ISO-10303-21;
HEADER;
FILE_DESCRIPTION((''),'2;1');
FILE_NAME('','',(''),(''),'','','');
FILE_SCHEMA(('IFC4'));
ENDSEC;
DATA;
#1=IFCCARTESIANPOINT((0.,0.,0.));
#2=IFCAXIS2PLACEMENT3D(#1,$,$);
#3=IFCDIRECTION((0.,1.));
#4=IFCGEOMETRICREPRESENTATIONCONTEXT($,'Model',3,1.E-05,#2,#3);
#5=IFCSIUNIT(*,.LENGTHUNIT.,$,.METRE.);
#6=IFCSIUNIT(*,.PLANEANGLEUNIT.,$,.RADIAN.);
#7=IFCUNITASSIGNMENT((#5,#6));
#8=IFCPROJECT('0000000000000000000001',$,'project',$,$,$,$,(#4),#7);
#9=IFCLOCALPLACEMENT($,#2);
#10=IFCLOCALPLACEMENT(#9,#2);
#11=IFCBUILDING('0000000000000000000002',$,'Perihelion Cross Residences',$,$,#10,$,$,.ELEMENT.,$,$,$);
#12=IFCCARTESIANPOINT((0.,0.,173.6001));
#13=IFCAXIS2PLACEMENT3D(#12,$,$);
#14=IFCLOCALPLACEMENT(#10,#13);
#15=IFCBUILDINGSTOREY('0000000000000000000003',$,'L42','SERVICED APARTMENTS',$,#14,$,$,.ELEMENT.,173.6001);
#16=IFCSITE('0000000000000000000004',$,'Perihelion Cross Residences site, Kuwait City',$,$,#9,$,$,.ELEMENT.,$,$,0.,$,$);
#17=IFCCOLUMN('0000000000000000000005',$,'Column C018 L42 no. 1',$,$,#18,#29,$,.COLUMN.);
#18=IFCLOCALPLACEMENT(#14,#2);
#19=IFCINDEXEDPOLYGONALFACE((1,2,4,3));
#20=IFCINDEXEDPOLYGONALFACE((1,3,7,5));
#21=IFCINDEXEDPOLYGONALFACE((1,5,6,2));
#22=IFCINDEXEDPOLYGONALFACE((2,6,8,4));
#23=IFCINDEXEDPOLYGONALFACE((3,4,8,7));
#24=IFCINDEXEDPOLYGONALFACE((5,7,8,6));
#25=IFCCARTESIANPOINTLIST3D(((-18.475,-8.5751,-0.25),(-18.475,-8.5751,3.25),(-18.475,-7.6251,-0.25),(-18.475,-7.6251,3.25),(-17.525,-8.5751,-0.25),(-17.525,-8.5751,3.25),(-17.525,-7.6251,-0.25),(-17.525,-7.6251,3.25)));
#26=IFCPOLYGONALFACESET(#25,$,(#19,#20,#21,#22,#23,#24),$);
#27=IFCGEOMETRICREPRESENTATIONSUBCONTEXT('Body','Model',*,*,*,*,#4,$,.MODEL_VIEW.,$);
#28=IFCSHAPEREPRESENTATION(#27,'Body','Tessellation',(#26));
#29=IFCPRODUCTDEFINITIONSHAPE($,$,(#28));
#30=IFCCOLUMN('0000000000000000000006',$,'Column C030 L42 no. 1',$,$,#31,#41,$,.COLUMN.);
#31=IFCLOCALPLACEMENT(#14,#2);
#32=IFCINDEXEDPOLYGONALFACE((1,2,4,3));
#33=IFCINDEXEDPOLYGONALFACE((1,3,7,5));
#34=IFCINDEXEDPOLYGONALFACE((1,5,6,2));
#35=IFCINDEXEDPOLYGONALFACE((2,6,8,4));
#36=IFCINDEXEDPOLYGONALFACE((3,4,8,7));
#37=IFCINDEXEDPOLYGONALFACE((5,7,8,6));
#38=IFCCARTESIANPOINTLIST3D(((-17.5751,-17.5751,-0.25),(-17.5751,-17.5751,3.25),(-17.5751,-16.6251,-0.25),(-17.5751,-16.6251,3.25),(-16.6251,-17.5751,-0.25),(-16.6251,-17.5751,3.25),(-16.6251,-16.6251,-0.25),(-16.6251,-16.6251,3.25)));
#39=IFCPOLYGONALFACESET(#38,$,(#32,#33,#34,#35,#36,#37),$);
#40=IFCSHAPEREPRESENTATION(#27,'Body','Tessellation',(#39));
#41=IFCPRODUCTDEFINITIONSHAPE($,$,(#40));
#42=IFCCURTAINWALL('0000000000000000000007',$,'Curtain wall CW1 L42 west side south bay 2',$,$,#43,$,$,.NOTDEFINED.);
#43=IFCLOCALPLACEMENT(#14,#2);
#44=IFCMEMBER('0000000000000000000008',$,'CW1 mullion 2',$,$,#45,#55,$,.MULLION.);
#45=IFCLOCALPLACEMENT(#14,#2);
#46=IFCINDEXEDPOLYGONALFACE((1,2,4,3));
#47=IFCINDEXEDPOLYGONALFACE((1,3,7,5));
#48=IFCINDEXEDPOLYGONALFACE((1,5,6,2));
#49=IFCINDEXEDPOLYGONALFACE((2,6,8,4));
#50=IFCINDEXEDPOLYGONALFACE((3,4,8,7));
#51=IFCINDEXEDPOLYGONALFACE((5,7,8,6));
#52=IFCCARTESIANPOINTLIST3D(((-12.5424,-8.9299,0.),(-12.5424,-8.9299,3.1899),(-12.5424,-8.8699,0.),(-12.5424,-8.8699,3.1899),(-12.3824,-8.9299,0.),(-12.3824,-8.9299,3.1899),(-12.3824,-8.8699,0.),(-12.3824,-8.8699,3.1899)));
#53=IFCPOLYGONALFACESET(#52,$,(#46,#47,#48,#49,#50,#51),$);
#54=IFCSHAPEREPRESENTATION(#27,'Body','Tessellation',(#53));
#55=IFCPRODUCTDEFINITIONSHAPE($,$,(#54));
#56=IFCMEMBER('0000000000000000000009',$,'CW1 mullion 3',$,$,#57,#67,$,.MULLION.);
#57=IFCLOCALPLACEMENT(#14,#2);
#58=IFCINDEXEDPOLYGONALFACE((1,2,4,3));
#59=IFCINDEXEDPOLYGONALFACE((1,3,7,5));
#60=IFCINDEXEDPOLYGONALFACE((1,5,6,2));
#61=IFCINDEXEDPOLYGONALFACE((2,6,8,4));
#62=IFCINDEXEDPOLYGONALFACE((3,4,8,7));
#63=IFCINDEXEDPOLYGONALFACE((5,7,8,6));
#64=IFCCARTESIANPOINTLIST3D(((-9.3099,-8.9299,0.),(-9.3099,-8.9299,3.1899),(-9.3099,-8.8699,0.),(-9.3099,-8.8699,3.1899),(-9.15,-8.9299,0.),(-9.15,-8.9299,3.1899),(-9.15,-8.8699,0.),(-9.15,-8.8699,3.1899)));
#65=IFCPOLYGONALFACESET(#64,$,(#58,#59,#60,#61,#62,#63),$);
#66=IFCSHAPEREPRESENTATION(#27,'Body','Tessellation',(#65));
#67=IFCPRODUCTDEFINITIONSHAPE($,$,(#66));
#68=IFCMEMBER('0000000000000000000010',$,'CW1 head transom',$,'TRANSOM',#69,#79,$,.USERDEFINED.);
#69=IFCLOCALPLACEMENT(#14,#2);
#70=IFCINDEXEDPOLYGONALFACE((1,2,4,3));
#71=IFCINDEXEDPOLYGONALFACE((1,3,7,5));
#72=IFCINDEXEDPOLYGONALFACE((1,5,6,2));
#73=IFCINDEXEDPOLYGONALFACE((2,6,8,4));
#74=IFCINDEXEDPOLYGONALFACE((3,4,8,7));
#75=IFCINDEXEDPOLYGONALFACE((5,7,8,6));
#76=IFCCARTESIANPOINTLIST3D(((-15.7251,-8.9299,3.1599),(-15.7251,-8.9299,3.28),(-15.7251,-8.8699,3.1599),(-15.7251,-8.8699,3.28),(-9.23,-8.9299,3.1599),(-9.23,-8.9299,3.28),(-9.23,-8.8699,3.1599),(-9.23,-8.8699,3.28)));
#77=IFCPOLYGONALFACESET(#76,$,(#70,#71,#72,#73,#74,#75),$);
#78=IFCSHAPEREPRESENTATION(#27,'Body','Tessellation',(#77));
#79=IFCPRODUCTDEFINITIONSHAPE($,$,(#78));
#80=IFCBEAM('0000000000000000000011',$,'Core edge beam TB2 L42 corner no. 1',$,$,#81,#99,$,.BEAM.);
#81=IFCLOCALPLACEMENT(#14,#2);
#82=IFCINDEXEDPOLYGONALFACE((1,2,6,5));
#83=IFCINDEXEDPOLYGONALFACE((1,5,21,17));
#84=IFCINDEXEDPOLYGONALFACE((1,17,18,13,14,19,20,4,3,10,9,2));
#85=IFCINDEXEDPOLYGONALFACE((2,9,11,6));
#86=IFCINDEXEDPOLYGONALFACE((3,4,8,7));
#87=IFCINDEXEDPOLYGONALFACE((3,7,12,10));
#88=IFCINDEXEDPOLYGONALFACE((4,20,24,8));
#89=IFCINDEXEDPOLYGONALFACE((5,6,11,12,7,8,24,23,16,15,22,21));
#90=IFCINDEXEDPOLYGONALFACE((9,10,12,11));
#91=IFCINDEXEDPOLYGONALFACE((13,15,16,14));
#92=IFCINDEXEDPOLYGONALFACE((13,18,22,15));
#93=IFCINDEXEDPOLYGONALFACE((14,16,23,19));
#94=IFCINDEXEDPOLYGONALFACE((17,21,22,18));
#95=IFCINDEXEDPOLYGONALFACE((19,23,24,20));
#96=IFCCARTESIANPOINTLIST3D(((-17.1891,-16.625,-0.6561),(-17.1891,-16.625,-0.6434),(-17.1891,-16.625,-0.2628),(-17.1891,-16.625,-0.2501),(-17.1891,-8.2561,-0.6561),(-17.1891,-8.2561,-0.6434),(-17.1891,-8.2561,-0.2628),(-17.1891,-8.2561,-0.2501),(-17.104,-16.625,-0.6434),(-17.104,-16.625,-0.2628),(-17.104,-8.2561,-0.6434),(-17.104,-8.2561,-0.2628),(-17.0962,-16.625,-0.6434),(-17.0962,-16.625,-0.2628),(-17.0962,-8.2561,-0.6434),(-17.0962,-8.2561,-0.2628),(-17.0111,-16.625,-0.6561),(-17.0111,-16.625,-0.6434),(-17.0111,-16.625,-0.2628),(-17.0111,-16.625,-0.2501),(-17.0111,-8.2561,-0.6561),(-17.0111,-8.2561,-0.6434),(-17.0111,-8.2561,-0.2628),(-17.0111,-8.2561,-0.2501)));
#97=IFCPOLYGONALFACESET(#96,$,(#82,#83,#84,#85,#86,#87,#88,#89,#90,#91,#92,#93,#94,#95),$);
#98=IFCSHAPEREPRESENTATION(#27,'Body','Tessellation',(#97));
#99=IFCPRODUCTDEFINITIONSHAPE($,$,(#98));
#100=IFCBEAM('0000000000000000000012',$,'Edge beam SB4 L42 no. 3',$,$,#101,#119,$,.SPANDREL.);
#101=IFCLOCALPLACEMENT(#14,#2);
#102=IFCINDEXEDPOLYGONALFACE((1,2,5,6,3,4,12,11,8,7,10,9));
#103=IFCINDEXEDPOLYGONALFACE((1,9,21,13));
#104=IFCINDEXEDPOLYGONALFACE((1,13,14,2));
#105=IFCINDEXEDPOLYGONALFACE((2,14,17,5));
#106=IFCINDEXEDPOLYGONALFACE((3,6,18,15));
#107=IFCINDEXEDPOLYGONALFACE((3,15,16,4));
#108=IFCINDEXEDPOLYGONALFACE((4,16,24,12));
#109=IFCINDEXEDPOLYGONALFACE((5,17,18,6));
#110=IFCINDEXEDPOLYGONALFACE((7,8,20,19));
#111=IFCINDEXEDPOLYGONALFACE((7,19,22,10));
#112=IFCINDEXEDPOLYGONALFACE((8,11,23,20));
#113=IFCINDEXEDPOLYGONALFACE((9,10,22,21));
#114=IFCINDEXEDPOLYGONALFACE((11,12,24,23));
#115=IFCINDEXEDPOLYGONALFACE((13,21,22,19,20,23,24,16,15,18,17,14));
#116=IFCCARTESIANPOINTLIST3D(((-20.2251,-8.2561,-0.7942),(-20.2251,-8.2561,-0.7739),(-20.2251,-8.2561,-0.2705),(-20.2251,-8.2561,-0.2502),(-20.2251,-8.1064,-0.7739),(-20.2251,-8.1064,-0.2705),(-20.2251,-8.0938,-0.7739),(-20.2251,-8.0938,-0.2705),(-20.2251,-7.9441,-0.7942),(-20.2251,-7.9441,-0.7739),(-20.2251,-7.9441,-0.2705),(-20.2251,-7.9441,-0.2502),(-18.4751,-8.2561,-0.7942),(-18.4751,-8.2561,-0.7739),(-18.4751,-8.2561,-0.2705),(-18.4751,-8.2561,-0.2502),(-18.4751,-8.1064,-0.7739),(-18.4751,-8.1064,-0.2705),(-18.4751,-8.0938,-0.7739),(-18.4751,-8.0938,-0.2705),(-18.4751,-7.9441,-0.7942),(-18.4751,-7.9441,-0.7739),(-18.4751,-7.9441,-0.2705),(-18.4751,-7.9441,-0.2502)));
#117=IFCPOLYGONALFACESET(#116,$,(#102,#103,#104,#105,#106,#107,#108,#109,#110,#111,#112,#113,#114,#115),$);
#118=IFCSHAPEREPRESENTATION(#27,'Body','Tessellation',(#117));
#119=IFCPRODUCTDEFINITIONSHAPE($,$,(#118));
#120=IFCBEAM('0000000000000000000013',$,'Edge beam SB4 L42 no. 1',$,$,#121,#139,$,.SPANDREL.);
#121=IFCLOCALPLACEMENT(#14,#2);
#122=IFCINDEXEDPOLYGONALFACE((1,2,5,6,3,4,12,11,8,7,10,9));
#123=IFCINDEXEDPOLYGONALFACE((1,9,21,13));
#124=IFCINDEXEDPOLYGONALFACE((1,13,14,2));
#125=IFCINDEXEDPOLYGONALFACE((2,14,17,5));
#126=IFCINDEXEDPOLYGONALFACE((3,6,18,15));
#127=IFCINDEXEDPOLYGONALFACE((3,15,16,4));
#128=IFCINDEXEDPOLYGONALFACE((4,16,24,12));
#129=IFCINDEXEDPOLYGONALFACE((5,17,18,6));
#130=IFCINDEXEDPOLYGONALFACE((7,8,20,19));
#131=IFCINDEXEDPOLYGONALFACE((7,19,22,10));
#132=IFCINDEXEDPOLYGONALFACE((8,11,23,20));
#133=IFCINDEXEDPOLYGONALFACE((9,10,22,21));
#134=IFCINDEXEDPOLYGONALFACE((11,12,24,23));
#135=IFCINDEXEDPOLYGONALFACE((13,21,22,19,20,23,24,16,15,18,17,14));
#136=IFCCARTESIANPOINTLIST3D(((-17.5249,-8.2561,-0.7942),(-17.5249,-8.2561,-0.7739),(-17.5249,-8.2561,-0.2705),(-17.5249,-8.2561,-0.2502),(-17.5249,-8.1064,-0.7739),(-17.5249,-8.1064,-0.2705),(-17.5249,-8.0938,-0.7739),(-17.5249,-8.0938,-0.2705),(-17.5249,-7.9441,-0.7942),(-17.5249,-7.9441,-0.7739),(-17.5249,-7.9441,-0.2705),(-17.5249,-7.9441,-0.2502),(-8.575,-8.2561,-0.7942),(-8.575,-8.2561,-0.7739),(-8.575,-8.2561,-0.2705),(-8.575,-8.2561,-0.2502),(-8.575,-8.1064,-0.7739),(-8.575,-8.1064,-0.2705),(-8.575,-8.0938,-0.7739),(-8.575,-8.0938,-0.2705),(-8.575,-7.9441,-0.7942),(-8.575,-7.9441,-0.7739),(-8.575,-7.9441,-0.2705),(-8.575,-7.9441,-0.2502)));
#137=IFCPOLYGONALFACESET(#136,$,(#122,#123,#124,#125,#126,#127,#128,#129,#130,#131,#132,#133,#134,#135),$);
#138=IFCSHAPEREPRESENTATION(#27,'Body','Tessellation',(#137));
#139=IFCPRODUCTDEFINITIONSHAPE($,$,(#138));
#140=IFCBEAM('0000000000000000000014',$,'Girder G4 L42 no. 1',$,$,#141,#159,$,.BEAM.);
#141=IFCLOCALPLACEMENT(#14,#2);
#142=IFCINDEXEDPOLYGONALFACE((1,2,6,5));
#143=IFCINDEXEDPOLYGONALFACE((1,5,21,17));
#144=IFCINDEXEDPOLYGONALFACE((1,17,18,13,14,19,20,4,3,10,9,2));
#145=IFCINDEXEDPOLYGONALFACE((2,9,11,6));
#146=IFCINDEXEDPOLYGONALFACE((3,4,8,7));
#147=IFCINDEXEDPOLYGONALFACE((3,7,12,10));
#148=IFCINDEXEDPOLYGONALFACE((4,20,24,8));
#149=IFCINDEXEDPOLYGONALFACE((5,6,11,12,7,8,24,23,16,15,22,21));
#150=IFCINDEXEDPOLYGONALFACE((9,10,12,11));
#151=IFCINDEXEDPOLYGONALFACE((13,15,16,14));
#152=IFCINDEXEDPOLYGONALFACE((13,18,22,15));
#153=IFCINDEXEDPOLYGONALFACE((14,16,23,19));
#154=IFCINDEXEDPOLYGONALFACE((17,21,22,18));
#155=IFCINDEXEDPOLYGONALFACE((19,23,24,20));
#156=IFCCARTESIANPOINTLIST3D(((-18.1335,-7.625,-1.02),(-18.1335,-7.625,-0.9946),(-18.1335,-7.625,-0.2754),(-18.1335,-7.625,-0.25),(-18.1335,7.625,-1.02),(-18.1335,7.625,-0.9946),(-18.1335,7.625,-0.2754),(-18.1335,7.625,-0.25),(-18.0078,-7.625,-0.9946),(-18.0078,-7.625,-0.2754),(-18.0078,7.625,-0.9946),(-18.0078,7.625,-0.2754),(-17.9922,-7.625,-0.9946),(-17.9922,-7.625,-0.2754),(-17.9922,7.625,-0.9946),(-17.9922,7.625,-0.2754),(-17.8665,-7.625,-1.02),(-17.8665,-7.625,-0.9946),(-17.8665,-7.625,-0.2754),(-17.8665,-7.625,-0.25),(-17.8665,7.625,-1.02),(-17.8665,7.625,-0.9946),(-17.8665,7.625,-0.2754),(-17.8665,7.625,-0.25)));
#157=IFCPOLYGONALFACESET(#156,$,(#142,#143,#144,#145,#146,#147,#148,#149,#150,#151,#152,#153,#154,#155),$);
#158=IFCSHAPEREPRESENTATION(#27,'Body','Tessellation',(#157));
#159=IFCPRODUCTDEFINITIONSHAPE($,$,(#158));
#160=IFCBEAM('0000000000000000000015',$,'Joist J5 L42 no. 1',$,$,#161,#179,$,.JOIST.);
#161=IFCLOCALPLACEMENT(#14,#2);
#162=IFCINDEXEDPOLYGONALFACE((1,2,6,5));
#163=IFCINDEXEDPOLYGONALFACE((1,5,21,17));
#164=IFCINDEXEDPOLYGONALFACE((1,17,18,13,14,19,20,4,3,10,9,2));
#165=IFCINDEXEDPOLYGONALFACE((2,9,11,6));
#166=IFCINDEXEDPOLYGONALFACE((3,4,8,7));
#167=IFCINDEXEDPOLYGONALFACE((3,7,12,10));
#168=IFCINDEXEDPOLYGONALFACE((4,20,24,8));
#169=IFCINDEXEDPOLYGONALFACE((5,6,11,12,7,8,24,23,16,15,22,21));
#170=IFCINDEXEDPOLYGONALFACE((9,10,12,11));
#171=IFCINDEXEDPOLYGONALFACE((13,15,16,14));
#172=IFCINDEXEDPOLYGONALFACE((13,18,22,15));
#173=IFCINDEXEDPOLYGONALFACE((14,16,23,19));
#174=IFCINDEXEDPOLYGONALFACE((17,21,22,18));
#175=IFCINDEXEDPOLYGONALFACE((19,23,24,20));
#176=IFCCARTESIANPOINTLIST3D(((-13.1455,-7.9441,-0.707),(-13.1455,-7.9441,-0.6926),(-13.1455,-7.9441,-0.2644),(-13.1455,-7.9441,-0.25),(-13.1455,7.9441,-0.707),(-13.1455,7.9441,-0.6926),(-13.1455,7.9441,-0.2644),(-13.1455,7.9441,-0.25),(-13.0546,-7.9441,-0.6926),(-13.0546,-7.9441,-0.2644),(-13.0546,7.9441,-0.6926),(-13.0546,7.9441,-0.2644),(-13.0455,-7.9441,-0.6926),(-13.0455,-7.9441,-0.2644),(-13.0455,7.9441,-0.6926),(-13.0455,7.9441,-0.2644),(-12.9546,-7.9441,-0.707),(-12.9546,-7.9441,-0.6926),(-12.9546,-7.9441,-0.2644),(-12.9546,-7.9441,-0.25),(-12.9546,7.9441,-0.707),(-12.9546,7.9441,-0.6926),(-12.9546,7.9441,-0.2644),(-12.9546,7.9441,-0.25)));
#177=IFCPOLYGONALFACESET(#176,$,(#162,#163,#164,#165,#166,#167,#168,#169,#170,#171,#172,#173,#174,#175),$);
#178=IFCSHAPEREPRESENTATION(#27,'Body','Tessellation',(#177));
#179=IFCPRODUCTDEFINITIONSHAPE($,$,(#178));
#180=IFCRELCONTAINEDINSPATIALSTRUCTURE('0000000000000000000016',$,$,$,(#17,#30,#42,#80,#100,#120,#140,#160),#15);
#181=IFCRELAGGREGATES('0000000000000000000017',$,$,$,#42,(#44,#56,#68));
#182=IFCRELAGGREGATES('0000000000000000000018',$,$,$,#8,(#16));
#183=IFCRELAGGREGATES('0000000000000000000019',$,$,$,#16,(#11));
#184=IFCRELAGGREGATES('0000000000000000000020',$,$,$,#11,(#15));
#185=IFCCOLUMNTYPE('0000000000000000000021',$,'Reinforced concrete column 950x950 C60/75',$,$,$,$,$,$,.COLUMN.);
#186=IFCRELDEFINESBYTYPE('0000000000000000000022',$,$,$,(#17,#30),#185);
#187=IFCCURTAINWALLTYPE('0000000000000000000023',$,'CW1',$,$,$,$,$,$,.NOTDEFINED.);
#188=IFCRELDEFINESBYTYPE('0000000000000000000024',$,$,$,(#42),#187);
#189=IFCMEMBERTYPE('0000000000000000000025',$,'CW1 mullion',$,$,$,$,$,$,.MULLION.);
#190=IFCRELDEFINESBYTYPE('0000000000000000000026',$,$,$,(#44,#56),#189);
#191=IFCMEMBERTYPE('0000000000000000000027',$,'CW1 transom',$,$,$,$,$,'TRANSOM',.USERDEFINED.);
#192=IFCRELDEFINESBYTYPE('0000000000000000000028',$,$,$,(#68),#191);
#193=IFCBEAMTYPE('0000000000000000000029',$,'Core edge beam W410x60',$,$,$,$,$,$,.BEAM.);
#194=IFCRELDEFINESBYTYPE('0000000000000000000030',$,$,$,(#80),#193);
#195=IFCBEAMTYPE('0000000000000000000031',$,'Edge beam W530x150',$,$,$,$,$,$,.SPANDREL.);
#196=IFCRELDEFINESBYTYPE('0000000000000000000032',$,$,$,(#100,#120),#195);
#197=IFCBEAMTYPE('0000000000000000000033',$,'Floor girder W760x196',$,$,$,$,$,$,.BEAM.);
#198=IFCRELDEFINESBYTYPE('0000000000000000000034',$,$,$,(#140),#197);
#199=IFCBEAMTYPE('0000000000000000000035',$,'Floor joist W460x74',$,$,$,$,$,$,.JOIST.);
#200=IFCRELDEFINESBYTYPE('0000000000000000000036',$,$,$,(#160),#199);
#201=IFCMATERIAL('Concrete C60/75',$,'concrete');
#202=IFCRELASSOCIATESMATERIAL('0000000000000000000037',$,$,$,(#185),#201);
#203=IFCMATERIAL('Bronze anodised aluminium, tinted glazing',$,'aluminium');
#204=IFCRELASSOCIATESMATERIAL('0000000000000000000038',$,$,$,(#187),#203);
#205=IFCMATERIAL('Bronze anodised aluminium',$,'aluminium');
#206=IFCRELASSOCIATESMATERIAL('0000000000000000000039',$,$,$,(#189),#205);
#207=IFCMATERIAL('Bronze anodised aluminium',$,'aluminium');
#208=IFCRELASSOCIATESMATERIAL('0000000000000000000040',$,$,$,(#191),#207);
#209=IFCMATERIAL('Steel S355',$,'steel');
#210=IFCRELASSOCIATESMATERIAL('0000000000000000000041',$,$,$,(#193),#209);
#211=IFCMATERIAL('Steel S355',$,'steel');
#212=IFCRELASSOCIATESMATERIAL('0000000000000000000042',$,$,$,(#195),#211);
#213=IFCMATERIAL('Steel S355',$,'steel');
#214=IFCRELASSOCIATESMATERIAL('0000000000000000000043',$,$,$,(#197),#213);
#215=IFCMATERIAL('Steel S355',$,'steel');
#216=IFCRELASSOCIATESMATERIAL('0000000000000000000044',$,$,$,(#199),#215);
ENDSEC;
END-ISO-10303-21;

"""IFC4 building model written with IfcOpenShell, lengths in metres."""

from ifc_helpers import new_model, si_unit, direction, frame, origin, origin_2d, place, context, subcontext, project, spatial, rectangle, i_section, extrude, material, material_profile, profile_set, type_object, element, aggregate, save


model = new_model("IFC4")

# Units and contexts
model_context = context("Model", 3, precision=1e-05, world=origin(), true_north=direction((0.0, 1.0)))
body_context = subcontext(model_context, "Body", "Model", "MODEL_VIEW")
ifc_project = project(units=[si_unit("LENGTHUNIT", "METRE"), si_unit("PLANEANGLEUNIT", "RADIAN")], contexts=[model_context])

# Site, building, storey
site_placement = place(None, origin())
site = spatial("IfcSite", under=ifc_project, at=site_placement, Name="Perihelion Cross Residences site, Kuwait City", CompositionType="ELEMENT", RefElevation=0.0)
building_placement = place(site_placement, origin())
building = spatial("IfcBuilding", under=site, at=building_placement, Name="Perihelion Cross Residences", CompositionType="ELEMENT")
storey_placement = place(building_placement, frame((0.0, 0.0, 173.6001)))
storey = spatial("IfcBuildingStorey", under=building, at=storey_placement, Name="L42", Description="SERVICED APARTMENTS", CompositionType="ELEMENT", Elevation=173.6001)

# Columns
ifc_material_1 = material(Name="Concrete C60/75", Category="concrete")
ifc_material_profile_1 = material_profile(ifc_material_1, rectangle(XDim=0.95, YDim=0.95, at=origin_2d()), Name="RC 950x950")
ifc_profile_set_1 = profile_set([ifc_material_profile_1], Name="Concrete C60/75")
column_type = type_object("IfcColumnType", Name="Reinforced concrete column 950x950 C60/75", PredefinedType="COLUMN", material=ifc_profile_set_1)
for number, where, z_axis, x_axis, name in (
    (1, (-18.0, -8.1001, -0.25), (0.0, 0.0, 1.0), (1.0, 0.0, 0.0), "Column C018 L42 no. 1"),
    (2, (-17.1001, -17.1001, -0.25), (0.0, 0.0, 1.0), (1.0, 0.0, 0.0), "Column C030 L42 no. 1"),
):
    element("IfcColumn", number, at=place(storey_placement, frame(where, z_axis=z_axis, x_axis=x_axis)), inside=storey, type_object=column_type, Name=name, PredefinedType="COLUMN", context=body_context, shape_type="SweptSolid", body=[
        extrude(rectangle(XDim=0.95, YDim=0.95, at=origin_2d()), origin(), (0.0, 0.0, 1.0), 3.5),
    ])

# Curtain wall, members
ifc_material_2 = material(Name="Bronze anodised aluminium, tinted glazing", Category="aluminium")
curtain_wall_type = type_object("IfcCurtainWallType", Name="CW1", PredefinedType="NOTDEFINED", material=ifc_material_2)
curtain_wall_placement = place(storey_placement, origin())
curtain_wall = element("IfcCurtainWall", 3, at=curtain_wall_placement, inside=storey, type_object=curtain_wall_type, Name="Curtain wall CW1 L42 west side south bay 2", PredefinedType="NOTDEFINED")
ifc_material_3 = material(Name="Bronze anodised aluminium", Category="aluminium")
ifc_material_profile_2 = material_profile(ifc_material_3, rectangle(XDim=0.0601, YDim=0.1599, at=origin_2d()), Name="CW1 mullion")
ifc_profile_set_2 = profile_set([ifc_material_profile_2], Name="Bronze anodised aluminium")
member_type_1 = type_object("IfcMemberType", Name="CW1 mullion", PredefinedType="MULLION", material=ifc_profile_set_2)
member_1_placement = place(storey_placement, frame((-12.4624, -8.8999, 0.0), z_axis=(0.0, 0.0, 1.0), x_axis=(0.0, 1.0, 0.0)))
member_1 = element("IfcMember", 4, at=member_1_placement, type_object=member_type_1, Name="CW1 mullion 2", PredefinedType="MULLION", context=body_context, shape_type="SweptSolid", body=[
    extrude(rectangle(XDim=0.0601, YDim=0.1599, at=origin_2d()), origin(), (0.0, 0.0, 1.0), 3.1899),
])
member_2_placement = place(storey_placement, frame((-9.23, -8.8999, 0.0), z_axis=(0.0, 0.0, 1.0), x_axis=(0.0, 1.0, 0.0)))
member_2 = element("IfcMember", 5, at=member_2_placement, type_object=member_type_1, Name="CW1 mullion 3", PredefinedType="MULLION", context=body_context, shape_type="SweptSolid", body=[
    extrude(rectangle(XDim=0.0601, YDim=0.1599, at=origin_2d()), origin(), (0.0, 0.0, 1.0), 3.1899),
])
ifc_material_4 = material(Name="Bronze anodised aluminium", Category="aluminium")
ifc_material_profile_3 = material_profile(ifc_material_4, rectangle(XDim=0.0601, YDim=0.1201, at=origin_2d()), Name="CW1 transom")
ifc_profile_set_3 = profile_set([ifc_material_profile_3], Name="Bronze anodised aluminium")
member_type_2 = type_object("IfcMemberType", Name="CW1 transom", ElementType="TRANSOM", PredefinedType="USERDEFINED", material=ifc_profile_set_3)
member_3_placement = place(storey_placement, frame((-15.7251, -8.8999, 3.22), z_axis=(1.0, 0.0, 0.0), x_axis=(0.0, 1.0, 0.0)))
member_3 = element("IfcMember", 6, at=member_3_placement, type_object=member_type_2, Name="CW1 head transom", ObjectType="TRANSOM", PredefinedType="USERDEFINED", context=body_context, shape_type="SweptSolid", body=[
    extrude(rectangle(XDim=0.0601, YDim=0.1201, at=origin_2d()), origin(), (0.0, 0.0, 1.0), 6.4951),
])

# Beams
ifc_material_5 = material(Name="Steel S355", Category="steel")
ifc_material_profile_4 = material_profile(ifc_material_5, i_section(OverallWidth=0.178, OverallDepth=0.406, WebThickness=0.0078, FlangeThickness=0.0127, at=origin_2d()), Name="W410x60")
ifc_profile_set_4 = profile_set([ifc_material_profile_4], Name="Steel S355")
beam_type_1 = type_object("IfcBeamType", Name="Core edge beam W410x60", PredefinedType="BEAM", material=ifc_profile_set_4)
beam_1_placement = place(storey_placement, frame((-17.1001, -8.2561, -0.4531), z_axis=(0.0, -1.0, 0.0), x_axis=(1.0, 0.0, 0.0)))
element("IfcBeam", 7, at=beam_1_placement, inside=storey, type_object=beam_type_1, Name="Core edge beam TB2 L42 corner no. 1", PredefinedType="BEAM", context=body_context, shape_type="SweptSolid", body=[
    extrude(i_section(OverallWidth=0.178, OverallDepth=0.406, WebThickness=0.0078, FlangeThickness=0.0127, at=origin_2d()), origin(), (0.0, 0.0, 1.0), 8.3689),
])
ifc_material_6 = material(Name="Steel S355", Category="steel")
ifc_material_profile_5 = material_profile(ifc_material_6, i_section(OverallWidth=0.312, OverallDepth=0.5439, WebThickness=0.0127, FlangeThickness=0.0203, at=origin_2d()), Name="W530x150")
ifc_profile_set_5 = profile_set([ifc_material_profile_5], Name="Steel S355")
beam_type_2 = type_object("IfcBeamType", Name="Edge beam W530x150", PredefinedType="SPANDREL", material=ifc_profile_set_5)
beam_2_placement = place(storey_placement, frame((-20.2251, -8.1001, -0.5222), z_axis=(1.0, 0.0, 0.0), x_axis=(0.0, 1.0, 0.0)))
element("IfcBeam", 8, at=beam_2_placement, inside=storey, type_object=beam_type_2, Name="Edge beam SB4 L42 no. 3", PredefinedType="SPANDREL", context=body_context, shape_type="SweptSolid", body=[
    extrude(i_section(OverallWidth=0.312, OverallDepth=0.5439, WebThickness=0.0127, FlangeThickness=0.0203, at=origin_2d()), origin(), (0.0, 0.0, 1.0), 1.75),
])
beam_3_placement = place(storey_placement, frame((-17.5249, -8.1001, -0.5222), z_axis=(1.0, 0.0, 0.0), x_axis=(0.0, 1.0, 0.0)))
element("IfcBeam", 9, at=beam_3_placement, inside=storey, type_object=beam_type_2, Name="Edge beam SB4 L42 no. 1", PredefinedType="SPANDREL", context=body_context, shape_type="SweptSolid", body=[
    extrude(i_section(OverallWidth=0.312, OverallDepth=0.5439, WebThickness=0.0127, FlangeThickness=0.0203, at=origin_2d()), origin(), (0.0, 0.0, 1.0), 8.95),
])
ifc_material_7 = material(Name="Steel S355", Category="steel")
ifc_material_profile_6 = material_profile(ifc_material_7, i_section(OverallWidth=0.2671, OverallDepth=0.77, WebThickness=0.0156, FlangeThickness=0.0254, at=origin_2d()), Name="W760x196")
ifc_profile_set_6 = profile_set([ifc_material_profile_6], Name="Steel S355")
beam_type_3 = type_object("IfcBeamType", Name="Floor girder W760x196", PredefinedType="BEAM", material=ifc_profile_set_6)
beam_4_placement = place(storey_placement, frame((-18.0, -7.625, -0.635), z_axis=(0.0, 1.0, 0.0), x_axis=(-1.0, 0.0, 0.0)))
element("IfcBeam", 10, at=beam_4_placement, inside=storey, type_object=beam_type_3, Name="Girder G4 L42 no. 1", PredefinedType="BEAM", context=body_context, shape_type="SweptSolid", body=[
    extrude(i_section(OverallWidth=0.2671, OverallDepth=0.77, WebThickness=0.0156, FlangeThickness=0.0254, at=origin_2d()), origin(), (0.0, 0.0, 1.0), 15.25),
])
ifc_material_8 = material(Name="Steel S355", Category="steel")
ifc_material_profile_7 = material_profile(ifc_material_8, i_section(OverallWidth=0.1909, OverallDepth=0.457, WebThickness=0.009, FlangeThickness=0.0144, at=origin_2d()), Name="W460x74")
ifc_profile_set_7 = profile_set([ifc_material_profile_7], Name="Steel S355")
beam_type_4 = type_object("IfcBeamType", Name="Floor joist W460x74", PredefinedType="JOIST", material=ifc_profile_set_7)
beam_5_placement = place(storey_placement, frame((-13.05, -7.9441, -0.4785), z_axis=(0.0, 1.0, 0.0), x_axis=(-1.0, 0.0, 0.0)))
element("IfcBeam", 11, at=beam_5_placement, inside=storey, type_object=beam_type_4, Name="Joist J5 L42 no. 1", PredefinedType="JOIST", context=body_context, shape_type="SweptSolid", body=[
    extrude(i_section(OverallWidth=0.1909, OverallDepth=0.457, WebThickness=0.009, FlangeThickness=0.0144, at=origin_2d()), origin(), (0.0, 0.0, 1.0), 15.8882),
])

aggregate(curtain_wall, [member_1, member_2, member_3])

save(model, "model.ifc")
